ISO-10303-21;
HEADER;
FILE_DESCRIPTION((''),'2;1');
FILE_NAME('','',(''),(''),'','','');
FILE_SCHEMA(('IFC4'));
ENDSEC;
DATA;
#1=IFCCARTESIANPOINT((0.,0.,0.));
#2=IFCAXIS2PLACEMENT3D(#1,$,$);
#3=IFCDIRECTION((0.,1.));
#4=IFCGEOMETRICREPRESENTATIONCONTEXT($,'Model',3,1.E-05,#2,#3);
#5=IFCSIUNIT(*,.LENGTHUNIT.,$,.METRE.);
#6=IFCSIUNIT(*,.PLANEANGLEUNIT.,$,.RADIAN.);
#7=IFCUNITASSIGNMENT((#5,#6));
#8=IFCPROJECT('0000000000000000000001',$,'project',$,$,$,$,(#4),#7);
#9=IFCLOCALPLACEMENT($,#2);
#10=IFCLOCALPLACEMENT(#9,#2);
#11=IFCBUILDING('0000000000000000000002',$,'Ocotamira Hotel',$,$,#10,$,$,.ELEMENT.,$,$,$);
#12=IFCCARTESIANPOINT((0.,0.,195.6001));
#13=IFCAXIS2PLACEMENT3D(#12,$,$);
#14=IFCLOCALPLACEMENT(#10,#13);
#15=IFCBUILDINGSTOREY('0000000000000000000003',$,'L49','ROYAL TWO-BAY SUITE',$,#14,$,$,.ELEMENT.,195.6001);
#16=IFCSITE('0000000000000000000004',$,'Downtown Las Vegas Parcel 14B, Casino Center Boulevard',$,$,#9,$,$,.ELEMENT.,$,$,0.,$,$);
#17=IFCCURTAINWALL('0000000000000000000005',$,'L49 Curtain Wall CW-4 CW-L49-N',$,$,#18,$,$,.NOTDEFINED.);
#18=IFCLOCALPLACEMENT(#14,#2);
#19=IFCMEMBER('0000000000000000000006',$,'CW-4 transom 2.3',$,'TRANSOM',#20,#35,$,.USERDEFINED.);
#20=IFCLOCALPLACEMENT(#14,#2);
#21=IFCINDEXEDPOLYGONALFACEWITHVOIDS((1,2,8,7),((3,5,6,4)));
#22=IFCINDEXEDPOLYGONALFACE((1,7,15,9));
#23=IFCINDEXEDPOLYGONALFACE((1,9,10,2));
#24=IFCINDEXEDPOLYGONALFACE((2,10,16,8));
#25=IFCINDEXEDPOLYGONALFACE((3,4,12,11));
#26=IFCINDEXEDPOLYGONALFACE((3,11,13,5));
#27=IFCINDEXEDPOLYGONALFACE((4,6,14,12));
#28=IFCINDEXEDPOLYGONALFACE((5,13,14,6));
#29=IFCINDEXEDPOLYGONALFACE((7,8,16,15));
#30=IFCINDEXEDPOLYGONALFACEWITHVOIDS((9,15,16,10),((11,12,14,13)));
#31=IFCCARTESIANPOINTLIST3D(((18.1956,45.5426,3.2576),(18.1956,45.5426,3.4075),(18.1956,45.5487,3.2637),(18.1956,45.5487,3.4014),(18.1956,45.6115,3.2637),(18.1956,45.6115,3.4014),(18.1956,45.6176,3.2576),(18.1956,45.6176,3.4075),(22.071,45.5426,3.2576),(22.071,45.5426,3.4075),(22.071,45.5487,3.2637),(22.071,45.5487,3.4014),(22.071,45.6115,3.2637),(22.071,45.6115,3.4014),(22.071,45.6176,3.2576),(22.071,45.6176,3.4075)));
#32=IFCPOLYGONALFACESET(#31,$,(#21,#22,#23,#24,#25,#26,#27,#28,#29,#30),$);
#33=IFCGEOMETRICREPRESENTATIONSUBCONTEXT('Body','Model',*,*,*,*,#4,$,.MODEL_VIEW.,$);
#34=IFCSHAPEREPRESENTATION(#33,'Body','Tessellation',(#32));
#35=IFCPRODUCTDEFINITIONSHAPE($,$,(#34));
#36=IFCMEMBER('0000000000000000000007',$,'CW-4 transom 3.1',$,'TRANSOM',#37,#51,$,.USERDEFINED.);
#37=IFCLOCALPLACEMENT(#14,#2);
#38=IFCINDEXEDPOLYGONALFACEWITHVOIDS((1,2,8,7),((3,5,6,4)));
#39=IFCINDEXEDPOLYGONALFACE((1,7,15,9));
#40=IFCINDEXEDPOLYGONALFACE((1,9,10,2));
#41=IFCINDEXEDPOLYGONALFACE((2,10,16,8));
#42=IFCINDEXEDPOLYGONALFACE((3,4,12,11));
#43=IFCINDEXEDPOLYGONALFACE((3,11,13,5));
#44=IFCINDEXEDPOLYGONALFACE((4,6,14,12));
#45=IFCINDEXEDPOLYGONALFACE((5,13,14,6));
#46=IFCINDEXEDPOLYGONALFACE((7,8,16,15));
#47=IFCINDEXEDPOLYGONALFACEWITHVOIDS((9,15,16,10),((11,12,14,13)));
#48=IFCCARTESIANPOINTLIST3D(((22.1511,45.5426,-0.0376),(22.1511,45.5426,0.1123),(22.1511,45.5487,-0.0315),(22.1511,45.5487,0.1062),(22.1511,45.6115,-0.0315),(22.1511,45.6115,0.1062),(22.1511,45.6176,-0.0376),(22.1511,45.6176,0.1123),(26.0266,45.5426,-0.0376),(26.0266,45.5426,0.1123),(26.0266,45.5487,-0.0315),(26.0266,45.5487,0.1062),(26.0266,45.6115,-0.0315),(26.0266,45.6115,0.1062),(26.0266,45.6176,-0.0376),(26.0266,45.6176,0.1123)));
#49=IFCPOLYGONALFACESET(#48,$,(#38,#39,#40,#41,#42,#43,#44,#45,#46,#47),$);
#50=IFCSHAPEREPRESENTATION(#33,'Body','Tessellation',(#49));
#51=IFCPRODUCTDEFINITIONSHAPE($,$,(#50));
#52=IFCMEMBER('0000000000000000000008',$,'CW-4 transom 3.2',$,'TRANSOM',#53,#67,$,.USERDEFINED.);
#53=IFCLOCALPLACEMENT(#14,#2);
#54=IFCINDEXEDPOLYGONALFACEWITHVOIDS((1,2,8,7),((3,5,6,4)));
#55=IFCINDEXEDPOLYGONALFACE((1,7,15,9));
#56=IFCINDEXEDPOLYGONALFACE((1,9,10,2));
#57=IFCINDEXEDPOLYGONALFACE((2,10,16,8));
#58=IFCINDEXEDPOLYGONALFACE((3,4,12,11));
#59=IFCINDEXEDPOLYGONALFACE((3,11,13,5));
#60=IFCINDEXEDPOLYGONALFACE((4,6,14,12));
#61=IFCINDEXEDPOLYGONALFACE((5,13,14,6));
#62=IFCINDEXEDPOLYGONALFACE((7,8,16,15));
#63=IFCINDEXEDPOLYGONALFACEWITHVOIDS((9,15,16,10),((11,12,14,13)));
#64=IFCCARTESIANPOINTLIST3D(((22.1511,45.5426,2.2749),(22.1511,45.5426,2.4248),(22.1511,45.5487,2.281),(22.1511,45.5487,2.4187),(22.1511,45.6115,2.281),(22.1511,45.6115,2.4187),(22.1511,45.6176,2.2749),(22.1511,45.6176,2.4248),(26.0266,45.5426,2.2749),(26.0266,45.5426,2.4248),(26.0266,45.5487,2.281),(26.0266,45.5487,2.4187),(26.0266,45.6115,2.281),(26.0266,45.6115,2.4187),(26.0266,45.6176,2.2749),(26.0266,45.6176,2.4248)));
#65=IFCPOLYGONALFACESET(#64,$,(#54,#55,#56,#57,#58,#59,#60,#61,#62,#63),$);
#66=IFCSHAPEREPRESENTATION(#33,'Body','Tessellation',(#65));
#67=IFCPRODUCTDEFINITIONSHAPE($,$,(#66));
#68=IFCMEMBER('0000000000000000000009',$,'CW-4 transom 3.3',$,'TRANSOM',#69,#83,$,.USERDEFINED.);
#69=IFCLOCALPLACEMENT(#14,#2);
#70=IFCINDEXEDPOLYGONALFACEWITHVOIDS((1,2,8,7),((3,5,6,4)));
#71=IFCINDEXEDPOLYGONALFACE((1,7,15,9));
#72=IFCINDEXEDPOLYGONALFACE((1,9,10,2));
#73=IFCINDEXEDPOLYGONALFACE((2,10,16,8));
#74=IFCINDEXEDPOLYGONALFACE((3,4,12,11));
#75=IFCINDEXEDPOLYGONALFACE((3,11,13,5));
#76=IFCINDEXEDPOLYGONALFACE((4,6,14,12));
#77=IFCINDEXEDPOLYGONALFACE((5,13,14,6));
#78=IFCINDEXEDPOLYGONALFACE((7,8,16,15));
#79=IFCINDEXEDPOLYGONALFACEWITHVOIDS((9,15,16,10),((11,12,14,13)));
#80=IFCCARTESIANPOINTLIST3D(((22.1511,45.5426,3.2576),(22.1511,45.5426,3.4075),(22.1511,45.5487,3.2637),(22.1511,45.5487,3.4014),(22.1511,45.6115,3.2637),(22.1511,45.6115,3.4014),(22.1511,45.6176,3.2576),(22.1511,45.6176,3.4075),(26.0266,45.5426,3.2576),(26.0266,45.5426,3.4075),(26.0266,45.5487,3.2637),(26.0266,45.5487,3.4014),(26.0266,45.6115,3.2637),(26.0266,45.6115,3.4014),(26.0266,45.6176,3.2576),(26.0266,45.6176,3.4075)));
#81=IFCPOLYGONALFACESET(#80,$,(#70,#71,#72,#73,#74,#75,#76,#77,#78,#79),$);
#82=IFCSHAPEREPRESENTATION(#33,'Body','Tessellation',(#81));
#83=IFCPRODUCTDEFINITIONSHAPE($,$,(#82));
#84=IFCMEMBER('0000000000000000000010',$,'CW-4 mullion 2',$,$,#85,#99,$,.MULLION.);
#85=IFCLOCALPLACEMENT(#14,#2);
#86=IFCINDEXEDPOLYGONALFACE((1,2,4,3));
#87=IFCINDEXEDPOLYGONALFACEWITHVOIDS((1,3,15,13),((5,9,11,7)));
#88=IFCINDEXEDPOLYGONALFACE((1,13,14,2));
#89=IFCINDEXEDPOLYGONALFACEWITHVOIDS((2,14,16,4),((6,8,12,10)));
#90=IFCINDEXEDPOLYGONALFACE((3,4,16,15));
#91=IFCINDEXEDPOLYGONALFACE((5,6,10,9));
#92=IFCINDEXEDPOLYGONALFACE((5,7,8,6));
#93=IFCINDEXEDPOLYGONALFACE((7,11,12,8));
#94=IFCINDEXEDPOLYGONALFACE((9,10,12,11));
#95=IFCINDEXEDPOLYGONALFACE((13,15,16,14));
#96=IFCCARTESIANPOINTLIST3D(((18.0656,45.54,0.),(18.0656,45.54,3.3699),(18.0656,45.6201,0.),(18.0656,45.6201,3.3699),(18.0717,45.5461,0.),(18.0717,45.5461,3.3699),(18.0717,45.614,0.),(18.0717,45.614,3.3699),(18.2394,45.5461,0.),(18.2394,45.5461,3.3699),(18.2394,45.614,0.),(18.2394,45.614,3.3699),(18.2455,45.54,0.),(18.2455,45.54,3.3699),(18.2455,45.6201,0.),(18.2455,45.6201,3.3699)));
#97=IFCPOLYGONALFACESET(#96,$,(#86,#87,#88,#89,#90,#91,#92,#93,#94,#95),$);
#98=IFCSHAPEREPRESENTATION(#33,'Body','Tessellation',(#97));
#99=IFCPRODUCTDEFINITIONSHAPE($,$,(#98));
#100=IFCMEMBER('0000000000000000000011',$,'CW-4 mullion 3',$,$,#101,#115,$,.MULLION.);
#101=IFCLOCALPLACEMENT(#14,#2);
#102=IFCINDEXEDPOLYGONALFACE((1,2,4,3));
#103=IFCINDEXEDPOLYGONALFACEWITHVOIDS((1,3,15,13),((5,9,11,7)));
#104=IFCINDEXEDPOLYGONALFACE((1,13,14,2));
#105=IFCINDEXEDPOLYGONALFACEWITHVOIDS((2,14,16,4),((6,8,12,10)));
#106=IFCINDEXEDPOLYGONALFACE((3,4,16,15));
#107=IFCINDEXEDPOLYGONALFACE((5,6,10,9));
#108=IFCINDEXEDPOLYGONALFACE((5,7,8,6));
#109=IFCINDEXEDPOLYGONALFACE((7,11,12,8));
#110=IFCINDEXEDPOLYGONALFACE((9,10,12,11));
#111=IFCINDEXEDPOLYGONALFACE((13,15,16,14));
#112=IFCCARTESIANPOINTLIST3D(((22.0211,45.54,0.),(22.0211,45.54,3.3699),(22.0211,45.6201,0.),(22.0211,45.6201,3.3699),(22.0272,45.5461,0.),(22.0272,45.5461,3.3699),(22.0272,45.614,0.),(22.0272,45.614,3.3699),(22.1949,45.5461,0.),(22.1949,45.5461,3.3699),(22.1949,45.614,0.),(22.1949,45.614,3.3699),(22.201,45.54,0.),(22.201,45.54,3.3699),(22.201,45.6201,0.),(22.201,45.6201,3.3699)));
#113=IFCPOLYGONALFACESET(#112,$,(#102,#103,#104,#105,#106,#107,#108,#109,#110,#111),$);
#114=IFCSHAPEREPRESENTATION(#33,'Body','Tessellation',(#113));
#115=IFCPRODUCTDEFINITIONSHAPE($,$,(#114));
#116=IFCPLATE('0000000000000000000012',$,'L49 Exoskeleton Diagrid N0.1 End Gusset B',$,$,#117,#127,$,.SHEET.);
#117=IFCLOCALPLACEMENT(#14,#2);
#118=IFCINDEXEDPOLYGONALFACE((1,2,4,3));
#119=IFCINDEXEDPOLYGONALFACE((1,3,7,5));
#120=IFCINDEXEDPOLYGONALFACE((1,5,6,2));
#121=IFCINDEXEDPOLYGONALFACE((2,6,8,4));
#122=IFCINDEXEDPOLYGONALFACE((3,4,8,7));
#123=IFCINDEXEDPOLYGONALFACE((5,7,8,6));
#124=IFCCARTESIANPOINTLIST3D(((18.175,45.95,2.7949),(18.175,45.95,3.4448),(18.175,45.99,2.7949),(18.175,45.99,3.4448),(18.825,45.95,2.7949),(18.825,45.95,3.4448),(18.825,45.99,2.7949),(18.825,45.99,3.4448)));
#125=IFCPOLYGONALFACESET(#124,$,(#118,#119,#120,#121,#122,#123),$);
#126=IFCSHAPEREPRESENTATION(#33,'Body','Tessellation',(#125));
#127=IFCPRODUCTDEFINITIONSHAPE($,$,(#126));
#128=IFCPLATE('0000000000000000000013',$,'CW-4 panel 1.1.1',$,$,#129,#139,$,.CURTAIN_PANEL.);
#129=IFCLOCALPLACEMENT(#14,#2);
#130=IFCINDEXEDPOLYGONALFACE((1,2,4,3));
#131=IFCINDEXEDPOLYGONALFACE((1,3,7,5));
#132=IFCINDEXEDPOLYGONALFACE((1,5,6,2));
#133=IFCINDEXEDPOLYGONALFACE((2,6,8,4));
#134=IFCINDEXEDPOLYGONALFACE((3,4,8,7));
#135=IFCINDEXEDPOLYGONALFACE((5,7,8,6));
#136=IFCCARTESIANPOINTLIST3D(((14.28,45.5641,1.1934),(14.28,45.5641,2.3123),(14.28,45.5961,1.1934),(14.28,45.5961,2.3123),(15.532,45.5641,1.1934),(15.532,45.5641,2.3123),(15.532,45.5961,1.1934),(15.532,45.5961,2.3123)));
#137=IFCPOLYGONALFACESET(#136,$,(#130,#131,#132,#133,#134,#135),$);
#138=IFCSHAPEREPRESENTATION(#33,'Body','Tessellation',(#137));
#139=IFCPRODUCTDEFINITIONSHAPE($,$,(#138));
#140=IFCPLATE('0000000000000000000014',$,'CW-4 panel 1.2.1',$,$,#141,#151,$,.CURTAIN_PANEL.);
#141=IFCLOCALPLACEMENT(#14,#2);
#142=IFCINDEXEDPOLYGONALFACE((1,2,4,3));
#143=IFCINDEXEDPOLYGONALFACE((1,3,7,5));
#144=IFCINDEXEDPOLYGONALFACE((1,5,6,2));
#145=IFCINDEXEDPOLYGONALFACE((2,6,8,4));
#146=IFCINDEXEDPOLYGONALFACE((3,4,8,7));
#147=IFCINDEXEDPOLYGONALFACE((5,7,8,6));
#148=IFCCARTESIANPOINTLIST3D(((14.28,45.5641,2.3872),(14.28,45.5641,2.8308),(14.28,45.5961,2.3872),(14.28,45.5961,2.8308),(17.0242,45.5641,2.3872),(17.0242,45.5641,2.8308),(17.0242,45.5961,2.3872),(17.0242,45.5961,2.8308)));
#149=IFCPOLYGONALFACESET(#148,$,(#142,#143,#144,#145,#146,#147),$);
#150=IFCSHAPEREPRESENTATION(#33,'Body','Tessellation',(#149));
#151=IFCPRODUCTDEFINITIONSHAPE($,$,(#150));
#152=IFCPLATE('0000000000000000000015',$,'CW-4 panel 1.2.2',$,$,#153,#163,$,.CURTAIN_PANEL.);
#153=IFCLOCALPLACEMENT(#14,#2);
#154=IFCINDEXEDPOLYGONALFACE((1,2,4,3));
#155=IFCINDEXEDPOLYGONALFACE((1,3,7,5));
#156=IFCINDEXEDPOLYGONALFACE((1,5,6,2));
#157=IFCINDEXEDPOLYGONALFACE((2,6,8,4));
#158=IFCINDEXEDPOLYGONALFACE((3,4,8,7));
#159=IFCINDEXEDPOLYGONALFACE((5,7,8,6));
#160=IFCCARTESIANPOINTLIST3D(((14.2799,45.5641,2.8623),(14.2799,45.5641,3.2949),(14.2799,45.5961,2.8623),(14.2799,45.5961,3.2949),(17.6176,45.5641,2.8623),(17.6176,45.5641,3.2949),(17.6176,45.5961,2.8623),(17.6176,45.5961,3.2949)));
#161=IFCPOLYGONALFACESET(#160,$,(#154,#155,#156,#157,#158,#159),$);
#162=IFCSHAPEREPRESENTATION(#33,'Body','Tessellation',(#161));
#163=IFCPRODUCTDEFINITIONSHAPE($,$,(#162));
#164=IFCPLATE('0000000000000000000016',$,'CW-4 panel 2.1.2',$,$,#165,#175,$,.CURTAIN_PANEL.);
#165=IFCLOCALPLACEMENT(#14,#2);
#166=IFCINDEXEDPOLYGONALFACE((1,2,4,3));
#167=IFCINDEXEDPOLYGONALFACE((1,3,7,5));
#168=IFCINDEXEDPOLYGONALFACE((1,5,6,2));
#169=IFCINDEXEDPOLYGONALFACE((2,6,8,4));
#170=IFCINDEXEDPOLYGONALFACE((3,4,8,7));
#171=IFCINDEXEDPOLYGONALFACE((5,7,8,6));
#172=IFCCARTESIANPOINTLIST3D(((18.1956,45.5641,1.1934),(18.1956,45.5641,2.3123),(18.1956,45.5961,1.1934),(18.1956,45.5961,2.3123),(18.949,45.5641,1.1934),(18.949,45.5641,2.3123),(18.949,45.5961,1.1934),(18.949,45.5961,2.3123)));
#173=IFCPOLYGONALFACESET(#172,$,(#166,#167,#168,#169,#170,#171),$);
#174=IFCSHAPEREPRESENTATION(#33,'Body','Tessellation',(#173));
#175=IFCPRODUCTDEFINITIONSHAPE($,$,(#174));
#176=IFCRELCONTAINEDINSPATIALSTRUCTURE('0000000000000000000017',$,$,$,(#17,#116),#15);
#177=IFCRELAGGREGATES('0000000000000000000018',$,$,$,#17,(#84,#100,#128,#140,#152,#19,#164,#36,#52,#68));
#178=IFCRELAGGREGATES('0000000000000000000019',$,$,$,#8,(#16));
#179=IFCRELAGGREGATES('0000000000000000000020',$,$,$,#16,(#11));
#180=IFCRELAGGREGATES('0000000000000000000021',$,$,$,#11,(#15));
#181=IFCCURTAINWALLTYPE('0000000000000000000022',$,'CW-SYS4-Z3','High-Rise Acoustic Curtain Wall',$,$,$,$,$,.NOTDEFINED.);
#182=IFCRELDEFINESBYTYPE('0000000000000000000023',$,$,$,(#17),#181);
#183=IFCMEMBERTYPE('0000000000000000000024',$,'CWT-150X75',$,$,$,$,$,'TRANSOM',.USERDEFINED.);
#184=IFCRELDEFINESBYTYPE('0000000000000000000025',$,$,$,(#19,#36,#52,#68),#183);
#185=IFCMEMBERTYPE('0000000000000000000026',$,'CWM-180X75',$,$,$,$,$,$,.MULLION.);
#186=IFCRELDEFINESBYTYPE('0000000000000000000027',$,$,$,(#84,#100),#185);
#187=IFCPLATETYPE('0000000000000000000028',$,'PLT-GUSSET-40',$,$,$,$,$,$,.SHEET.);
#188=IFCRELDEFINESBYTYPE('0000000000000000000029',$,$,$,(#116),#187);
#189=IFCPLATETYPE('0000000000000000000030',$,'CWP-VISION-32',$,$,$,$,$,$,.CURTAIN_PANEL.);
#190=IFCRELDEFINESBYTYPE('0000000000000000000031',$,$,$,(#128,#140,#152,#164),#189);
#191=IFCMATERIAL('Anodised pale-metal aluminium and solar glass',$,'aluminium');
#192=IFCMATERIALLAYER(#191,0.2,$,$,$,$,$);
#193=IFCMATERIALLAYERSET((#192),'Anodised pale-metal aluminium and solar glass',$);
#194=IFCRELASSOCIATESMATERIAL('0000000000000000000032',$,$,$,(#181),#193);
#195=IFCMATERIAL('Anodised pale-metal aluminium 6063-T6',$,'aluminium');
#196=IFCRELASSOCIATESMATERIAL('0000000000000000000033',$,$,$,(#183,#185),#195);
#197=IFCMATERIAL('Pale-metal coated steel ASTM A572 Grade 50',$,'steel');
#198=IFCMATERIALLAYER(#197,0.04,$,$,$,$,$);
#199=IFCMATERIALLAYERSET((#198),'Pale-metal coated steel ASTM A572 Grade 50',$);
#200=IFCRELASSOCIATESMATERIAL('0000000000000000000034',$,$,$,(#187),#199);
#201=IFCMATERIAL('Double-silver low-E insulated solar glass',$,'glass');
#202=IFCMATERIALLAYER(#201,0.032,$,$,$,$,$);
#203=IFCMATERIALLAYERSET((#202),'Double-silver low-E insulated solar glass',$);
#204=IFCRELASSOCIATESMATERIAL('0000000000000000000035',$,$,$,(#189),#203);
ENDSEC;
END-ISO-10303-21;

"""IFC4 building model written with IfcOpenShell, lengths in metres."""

from ifc_helpers import new_model, si_unit, direction, frame, origin, origin_2d, place, context, subcontext, project, spatial, rectangle, hollow_rectangle, extrude, source, transform, mapped, material, layer, layer_set, material_profile, profile_set, type_object, element, aggregate, save


model = new_model("IFC4")

# Units and contexts
model_context = context("Model", 3, precision=1e-05, world=origin(), true_north=direction((0.0, 1.0)))
body_context = subcontext(model_context, "Body", "Model", "MODEL_VIEW")
ifc_project = project(units=[si_unit("LENGTHUNIT", "METRE"), si_unit("PLANEANGLEUNIT", "RADIAN")], contexts=[model_context])

# Site, building, storey
site_placement = place(None, origin())
site = spatial("IfcSite", under=ifc_project, at=site_placement, Name="Downtown Las Vegas Parcel 14B, Casino Center Boulevard", CompositionType="ELEMENT", RefElevation=0.0)
building_placement = place(site_placement, origin())
building = spatial("IfcBuilding", under=site, at=building_placement, Name="Ocotamira Hotel", CompositionType="ELEMENT")
storey_placement = place(building_placement, frame((0.0, 0.0, 195.6001)))
storey = spatial("IfcBuildingStorey", under=building, at=storey_placement, Name="L49", Description="ROYAL TWO-BAY SUITE", CompositionType="ELEMENT", Elevation=195.6001)

# Curtain wall, members
ifc_material_1 = material(Name="Anodised pale-metal aluminium and solar glass", Category="aluminium")
ifc_layer_1 = layer(ifc_material_1, 0.2)
ifc_layer_set_1 = layer_set([ifc_layer_1], Name="Anodised pale-metal aluminium and solar glass")
curtain_wall_type = type_object("IfcCurtainWallType", Name="CW-SYS4-Z3", Description="High-Rise Acoustic Curtain Wall", PredefinedType="NOTDEFINED", material=ifc_layer_set_1)
curtain_wall_placement = place(storey_placement, origin())
curtain_wall = element("IfcCurtainWall", 1, at=curtain_wall_placement, inside=storey, type_object=curtain_wall_type, Name="L49 Curtain Wall CW-4 CW-L49-N", PredefinedType="NOTDEFINED")
ifc_material_2 = material(Name="Anodised pale-metal aluminium 6063-T6", Category="aluminium")
ifc_material_profile_1 = material_profile(ifc_material_2, hollow_rectangle(XDim=0.075, YDim=0.1499, WallThickness=0.0061, at=origin_2d()), Name="HSS150X75X6")
ifc_profile_set_1 = profile_set([ifc_material_profile_1], Name="Anodised pale-metal aluminium 6063-T6")
member_type_1 = type_object("IfcMemberType", Name="CWT-150X75", ElementType="TRANSOM", PredefinedType="USERDEFINED", material=ifc_profile_set_1)
shared_shape_1 = source(origin(), body_context, "Body", "SweptSolid", [
    extrude(hollow_rectangle(XDim=0.075, YDim=0.1499, WallThickness=0.0061, at=origin_2d()), origin(), (0.0, 0.0, 1.0), 3.8755),
])
member_1_placement = place(storey_placement, frame((18.1956, 45.5801, 3.3325), z_axis=(1.0, 0.0, 0.0), x_axis=(0.0, 1.0, 0.0)))
member_1 = element("IfcMember", 2, at=member_1_placement, type_object=member_type_1, Name="CW-4 transom 2.3", ObjectType="TRANSOM", PredefinedType="USERDEFINED", context=body_context, shape_type="MappedRepresentation", body=[
    mapped(shared_shape_1, transform((0.0, 0.0, 0.0), scale=1.0)),
])
member_2_placement = place(storey_placement, frame((22.1511, 45.5801, 0.0374), z_axis=(1.0, 0.0, 0.0), x_axis=(0.0, 1.0, 0.0)))
member_2 = element("IfcMember", 3, at=member_2_placement, type_object=member_type_1, Name="CW-4 transom 3.1", ObjectType="TRANSOM", PredefinedType="USERDEFINED", context=body_context, shape_type="MappedRepresentation", body=[
    mapped(shared_shape_1, transform((0.0, 0.0, 0.0), scale=1.0)),
])
member_3_placement = place(storey_placement, frame((22.1511, 45.5801, 2.3499), z_axis=(1.0, 0.0, 0.0), x_axis=(0.0, 1.0, 0.0)))
member_3 = element("IfcMember", 4, at=member_3_placement, type_object=member_type_1, Name="CW-4 transom 3.2", ObjectType="TRANSOM", PredefinedType="USERDEFINED", context=body_context, shape_type="MappedRepresentation", body=[
    mapped(shared_shape_1, transform((0.0, 0.0, 0.0), scale=1.0)),
])
member_4_placement = place(storey_placement, frame((22.1511, 45.5801, 3.3325), z_axis=(1.0, 0.0, 0.0), x_axis=(0.0, 1.0, 0.0)))
member_4 = element("IfcMember", 5, at=member_4_placement, type_object=member_type_1, Name="CW-4 transom 3.3", ObjectType="TRANSOM", PredefinedType="USERDEFINED", context=body_context, shape_type="MappedRepresentation", body=[
    mapped(shared_shape_1, transform((0.0, 0.0, 0.0), scale=1.0)),
])
ifc_material_profile_2 = material_profile(ifc_material_2, hollow_rectangle(XDim=0.0801, YDim=0.1799, WallThickness=0.0061, at=origin_2d()), Name="HSS180X80X6")
ifc_profile_set_2 = profile_set([ifc_material_profile_2], Name="Anodised pale-metal aluminium 6063-T6")
member_type_2 = type_object("IfcMemberType", Name="CWM-180X75", PredefinedType="MULLION", material=ifc_profile_set_2)
shared_shape_2 = source(origin(), body_context, "Body", "SweptSolid", [
    extrude(hollow_rectangle(XDim=0.0801, YDim=0.1799, WallThickness=0.0061, at=origin_2d()), origin(), (0.0, 0.0, 1.0), 3.3699),
])
member_5_placement = place(storey_placement, frame((18.1555, 45.5801, 0.0), z_axis=(0.0, 0.0, 1.0), x_axis=(0.0, 1.0, 0.0)))
member_5 = element("IfcMember", 6, at=member_5_placement, type_object=member_type_2, Name="CW-4 mullion 2", PredefinedType="MULLION", context=body_context, shape_type="MappedRepresentation", body=[
    mapped(shared_shape_2, transform((0.0, 0.0, 0.0), scale=1.0)),
])
member_6_placement = place(storey_placement, frame((22.1111, 45.5801, 0.0), z_axis=(0.0, 0.0, 1.0), x_axis=(0.0, 1.0, 0.0)))
member_6 = element("IfcMember", 7, at=member_6_placement, type_object=member_type_2, Name="CW-4 mullion 3", PredefinedType="MULLION", context=body_context, shape_type="MappedRepresentation", body=[
    mapped(shared_shape_2, transform((0.0, 0.0, 0.0), scale=1.0)),
])

# Plates
ifc_material_3 = material(Name="Pale-metal coated steel ASTM A572 Grade 50", Category="steel")
ifc_layer_2 = layer(ifc_material_3, 0.04)
ifc_layer_set_2 = layer_set([ifc_layer_2], Name="Pale-metal coated steel ASTM A572 Grade 50")
plate_type_1 = type_object("IfcPlateType", Name="PLT-GUSSET-40", PredefinedType="SHEET", material=ifc_layer_set_2)
shared_shape_3 = source(origin(), body_context, "Body", "SweptSolid", [
    extrude(rectangle(XDim=0.6499, YDim=0.04, at=origin_2d()), origin(), (0.0, 0.0, 1.0), 0.6499),
])
plate_1_placement = place(storey_placement, frame((18.5, 45.97, 2.7949), z_axis=(0.0, 0.0, 1.0), x_axis=(1.0, 0.0, 0.0)))
element("IfcPlate", 8, at=plate_1_placement, inside=storey, type_object=plate_type_1, Name="L49 Exoskeleton Diagrid N0.1 End Gusset B", PredefinedType="SHEET", context=body_context, shape_type="MappedRepresentation", body=[
    mapped(shared_shape_3, transform((0.0, 0.0, 0.0), scale=1.0)),
])
ifc_material_4 = material(Name="Double-silver low-E insulated solar glass", Category="glass")
ifc_layer_3 = layer(ifc_material_4, 0.032)
ifc_layer_set_3 = layer_set([ifc_layer_3], Name="Double-silver low-E insulated solar glass")
plate_type_2 = type_object("IfcPlateType", Name="CWP-VISION-32", PredefinedType="CURTAIN_PANEL", material=ifc_layer_set_3)
shared_shape_4 = source(origin(), body_context, "Body", "SweptSolid", [
    extrude(rectangle(XDim=1.252, YDim=0.032, at=origin_2d()), origin(), (0.0, 0.0, 1.0), 1.1189),
])
plate_2_placement = place(storey_placement, frame((14.906, 45.5801, 1.1934), z_axis=(0.0, 0.0, 1.0), x_axis=(1.0, 0.0, 0.0)))
plate_2 = element("IfcPlate", 9, at=plate_2_placement, type_object=plate_type_2, Name="CW-4 panel 1.1.1", PredefinedType="CURTAIN_PANEL", context=body_context, shape_type="MappedRepresentation", body=[
    mapped(shared_shape_4, transform((0.0, 0.0, 0.0), scale=1.0)),
])
shared_shape_5 = source(origin(), body_context, "Body", "SweptSolid", [
    extrude(rectangle(XDim=2.7441, YDim=0.032, at=origin_2d()), origin(), (0.0, 0.0, 1.0), 0.4436),
])
plate_3_placement = place(storey_placement, frame((15.6521, 45.5801, 2.3872), z_axis=(0.0, 0.0, 1.0), x_axis=(1.0, 0.0, 0.0)))
plate_3 = element("IfcPlate", 10, at=plate_3_placement, type_object=plate_type_2, Name="CW-4 panel 1.2.1", PredefinedType="CURTAIN_PANEL", context=body_context, shape_type="MappedRepresentation", body=[
    mapped(shared_shape_5, transform((0.0, 0.0, 0.0), scale=1.0)),
])
shared_shape_6 = source(origin(), body_context, "Body", "SweptSolid", [
    extrude(rectangle(XDim=3.3376, YDim=0.032, at=origin_2d()), origin(), (0.0, 0.0, 1.0), 0.4326),
])
plate_4_placement = place(storey_placement, frame((15.9487, 45.5801, 2.8623), z_axis=(0.0, 0.0, 1.0), x_axis=(1.0, 0.0, 0.0)))
plate_4 = element("IfcPlate", 11, at=plate_4_placement, type_object=plate_type_2, Name="CW-4 panel 1.2.2", PredefinedType="CURTAIN_PANEL", context=body_context, shape_type="MappedRepresentation", body=[
    mapped(shared_shape_6, transform((0.0, 0.0, 0.0), scale=1.0)),
])
shared_shape_7 = source(origin(), body_context, "Body", "SweptSolid", [
    extrude(rectangle(XDim=0.7534, YDim=0.032, at=origin_2d()), origin(), (0.0, 0.0, 1.0), 1.1189),
])
plate_5_placement = place(storey_placement, frame((18.5723, 45.5801, 1.1934), z_axis=(0.0, 0.0, 1.0), x_axis=(1.0, 0.0, 0.0)))
plate_5 = element("IfcPlate", 12, at=plate_5_placement, type_object=plate_type_2, Name="CW-4 panel 2.1.2", PredefinedType="CURTAIN_PANEL", context=body_context, shape_type="MappedRepresentation", body=[
    mapped(shared_shape_7, transform((0.0, 0.0, 0.0), scale=1.0)),
])
aggregate(curtain_wall, [member_5, member_6, plate_2, plate_3, plate_4, member_1, plate_5, member_2, member_3, member_4])

save(model, "model.ifc")
